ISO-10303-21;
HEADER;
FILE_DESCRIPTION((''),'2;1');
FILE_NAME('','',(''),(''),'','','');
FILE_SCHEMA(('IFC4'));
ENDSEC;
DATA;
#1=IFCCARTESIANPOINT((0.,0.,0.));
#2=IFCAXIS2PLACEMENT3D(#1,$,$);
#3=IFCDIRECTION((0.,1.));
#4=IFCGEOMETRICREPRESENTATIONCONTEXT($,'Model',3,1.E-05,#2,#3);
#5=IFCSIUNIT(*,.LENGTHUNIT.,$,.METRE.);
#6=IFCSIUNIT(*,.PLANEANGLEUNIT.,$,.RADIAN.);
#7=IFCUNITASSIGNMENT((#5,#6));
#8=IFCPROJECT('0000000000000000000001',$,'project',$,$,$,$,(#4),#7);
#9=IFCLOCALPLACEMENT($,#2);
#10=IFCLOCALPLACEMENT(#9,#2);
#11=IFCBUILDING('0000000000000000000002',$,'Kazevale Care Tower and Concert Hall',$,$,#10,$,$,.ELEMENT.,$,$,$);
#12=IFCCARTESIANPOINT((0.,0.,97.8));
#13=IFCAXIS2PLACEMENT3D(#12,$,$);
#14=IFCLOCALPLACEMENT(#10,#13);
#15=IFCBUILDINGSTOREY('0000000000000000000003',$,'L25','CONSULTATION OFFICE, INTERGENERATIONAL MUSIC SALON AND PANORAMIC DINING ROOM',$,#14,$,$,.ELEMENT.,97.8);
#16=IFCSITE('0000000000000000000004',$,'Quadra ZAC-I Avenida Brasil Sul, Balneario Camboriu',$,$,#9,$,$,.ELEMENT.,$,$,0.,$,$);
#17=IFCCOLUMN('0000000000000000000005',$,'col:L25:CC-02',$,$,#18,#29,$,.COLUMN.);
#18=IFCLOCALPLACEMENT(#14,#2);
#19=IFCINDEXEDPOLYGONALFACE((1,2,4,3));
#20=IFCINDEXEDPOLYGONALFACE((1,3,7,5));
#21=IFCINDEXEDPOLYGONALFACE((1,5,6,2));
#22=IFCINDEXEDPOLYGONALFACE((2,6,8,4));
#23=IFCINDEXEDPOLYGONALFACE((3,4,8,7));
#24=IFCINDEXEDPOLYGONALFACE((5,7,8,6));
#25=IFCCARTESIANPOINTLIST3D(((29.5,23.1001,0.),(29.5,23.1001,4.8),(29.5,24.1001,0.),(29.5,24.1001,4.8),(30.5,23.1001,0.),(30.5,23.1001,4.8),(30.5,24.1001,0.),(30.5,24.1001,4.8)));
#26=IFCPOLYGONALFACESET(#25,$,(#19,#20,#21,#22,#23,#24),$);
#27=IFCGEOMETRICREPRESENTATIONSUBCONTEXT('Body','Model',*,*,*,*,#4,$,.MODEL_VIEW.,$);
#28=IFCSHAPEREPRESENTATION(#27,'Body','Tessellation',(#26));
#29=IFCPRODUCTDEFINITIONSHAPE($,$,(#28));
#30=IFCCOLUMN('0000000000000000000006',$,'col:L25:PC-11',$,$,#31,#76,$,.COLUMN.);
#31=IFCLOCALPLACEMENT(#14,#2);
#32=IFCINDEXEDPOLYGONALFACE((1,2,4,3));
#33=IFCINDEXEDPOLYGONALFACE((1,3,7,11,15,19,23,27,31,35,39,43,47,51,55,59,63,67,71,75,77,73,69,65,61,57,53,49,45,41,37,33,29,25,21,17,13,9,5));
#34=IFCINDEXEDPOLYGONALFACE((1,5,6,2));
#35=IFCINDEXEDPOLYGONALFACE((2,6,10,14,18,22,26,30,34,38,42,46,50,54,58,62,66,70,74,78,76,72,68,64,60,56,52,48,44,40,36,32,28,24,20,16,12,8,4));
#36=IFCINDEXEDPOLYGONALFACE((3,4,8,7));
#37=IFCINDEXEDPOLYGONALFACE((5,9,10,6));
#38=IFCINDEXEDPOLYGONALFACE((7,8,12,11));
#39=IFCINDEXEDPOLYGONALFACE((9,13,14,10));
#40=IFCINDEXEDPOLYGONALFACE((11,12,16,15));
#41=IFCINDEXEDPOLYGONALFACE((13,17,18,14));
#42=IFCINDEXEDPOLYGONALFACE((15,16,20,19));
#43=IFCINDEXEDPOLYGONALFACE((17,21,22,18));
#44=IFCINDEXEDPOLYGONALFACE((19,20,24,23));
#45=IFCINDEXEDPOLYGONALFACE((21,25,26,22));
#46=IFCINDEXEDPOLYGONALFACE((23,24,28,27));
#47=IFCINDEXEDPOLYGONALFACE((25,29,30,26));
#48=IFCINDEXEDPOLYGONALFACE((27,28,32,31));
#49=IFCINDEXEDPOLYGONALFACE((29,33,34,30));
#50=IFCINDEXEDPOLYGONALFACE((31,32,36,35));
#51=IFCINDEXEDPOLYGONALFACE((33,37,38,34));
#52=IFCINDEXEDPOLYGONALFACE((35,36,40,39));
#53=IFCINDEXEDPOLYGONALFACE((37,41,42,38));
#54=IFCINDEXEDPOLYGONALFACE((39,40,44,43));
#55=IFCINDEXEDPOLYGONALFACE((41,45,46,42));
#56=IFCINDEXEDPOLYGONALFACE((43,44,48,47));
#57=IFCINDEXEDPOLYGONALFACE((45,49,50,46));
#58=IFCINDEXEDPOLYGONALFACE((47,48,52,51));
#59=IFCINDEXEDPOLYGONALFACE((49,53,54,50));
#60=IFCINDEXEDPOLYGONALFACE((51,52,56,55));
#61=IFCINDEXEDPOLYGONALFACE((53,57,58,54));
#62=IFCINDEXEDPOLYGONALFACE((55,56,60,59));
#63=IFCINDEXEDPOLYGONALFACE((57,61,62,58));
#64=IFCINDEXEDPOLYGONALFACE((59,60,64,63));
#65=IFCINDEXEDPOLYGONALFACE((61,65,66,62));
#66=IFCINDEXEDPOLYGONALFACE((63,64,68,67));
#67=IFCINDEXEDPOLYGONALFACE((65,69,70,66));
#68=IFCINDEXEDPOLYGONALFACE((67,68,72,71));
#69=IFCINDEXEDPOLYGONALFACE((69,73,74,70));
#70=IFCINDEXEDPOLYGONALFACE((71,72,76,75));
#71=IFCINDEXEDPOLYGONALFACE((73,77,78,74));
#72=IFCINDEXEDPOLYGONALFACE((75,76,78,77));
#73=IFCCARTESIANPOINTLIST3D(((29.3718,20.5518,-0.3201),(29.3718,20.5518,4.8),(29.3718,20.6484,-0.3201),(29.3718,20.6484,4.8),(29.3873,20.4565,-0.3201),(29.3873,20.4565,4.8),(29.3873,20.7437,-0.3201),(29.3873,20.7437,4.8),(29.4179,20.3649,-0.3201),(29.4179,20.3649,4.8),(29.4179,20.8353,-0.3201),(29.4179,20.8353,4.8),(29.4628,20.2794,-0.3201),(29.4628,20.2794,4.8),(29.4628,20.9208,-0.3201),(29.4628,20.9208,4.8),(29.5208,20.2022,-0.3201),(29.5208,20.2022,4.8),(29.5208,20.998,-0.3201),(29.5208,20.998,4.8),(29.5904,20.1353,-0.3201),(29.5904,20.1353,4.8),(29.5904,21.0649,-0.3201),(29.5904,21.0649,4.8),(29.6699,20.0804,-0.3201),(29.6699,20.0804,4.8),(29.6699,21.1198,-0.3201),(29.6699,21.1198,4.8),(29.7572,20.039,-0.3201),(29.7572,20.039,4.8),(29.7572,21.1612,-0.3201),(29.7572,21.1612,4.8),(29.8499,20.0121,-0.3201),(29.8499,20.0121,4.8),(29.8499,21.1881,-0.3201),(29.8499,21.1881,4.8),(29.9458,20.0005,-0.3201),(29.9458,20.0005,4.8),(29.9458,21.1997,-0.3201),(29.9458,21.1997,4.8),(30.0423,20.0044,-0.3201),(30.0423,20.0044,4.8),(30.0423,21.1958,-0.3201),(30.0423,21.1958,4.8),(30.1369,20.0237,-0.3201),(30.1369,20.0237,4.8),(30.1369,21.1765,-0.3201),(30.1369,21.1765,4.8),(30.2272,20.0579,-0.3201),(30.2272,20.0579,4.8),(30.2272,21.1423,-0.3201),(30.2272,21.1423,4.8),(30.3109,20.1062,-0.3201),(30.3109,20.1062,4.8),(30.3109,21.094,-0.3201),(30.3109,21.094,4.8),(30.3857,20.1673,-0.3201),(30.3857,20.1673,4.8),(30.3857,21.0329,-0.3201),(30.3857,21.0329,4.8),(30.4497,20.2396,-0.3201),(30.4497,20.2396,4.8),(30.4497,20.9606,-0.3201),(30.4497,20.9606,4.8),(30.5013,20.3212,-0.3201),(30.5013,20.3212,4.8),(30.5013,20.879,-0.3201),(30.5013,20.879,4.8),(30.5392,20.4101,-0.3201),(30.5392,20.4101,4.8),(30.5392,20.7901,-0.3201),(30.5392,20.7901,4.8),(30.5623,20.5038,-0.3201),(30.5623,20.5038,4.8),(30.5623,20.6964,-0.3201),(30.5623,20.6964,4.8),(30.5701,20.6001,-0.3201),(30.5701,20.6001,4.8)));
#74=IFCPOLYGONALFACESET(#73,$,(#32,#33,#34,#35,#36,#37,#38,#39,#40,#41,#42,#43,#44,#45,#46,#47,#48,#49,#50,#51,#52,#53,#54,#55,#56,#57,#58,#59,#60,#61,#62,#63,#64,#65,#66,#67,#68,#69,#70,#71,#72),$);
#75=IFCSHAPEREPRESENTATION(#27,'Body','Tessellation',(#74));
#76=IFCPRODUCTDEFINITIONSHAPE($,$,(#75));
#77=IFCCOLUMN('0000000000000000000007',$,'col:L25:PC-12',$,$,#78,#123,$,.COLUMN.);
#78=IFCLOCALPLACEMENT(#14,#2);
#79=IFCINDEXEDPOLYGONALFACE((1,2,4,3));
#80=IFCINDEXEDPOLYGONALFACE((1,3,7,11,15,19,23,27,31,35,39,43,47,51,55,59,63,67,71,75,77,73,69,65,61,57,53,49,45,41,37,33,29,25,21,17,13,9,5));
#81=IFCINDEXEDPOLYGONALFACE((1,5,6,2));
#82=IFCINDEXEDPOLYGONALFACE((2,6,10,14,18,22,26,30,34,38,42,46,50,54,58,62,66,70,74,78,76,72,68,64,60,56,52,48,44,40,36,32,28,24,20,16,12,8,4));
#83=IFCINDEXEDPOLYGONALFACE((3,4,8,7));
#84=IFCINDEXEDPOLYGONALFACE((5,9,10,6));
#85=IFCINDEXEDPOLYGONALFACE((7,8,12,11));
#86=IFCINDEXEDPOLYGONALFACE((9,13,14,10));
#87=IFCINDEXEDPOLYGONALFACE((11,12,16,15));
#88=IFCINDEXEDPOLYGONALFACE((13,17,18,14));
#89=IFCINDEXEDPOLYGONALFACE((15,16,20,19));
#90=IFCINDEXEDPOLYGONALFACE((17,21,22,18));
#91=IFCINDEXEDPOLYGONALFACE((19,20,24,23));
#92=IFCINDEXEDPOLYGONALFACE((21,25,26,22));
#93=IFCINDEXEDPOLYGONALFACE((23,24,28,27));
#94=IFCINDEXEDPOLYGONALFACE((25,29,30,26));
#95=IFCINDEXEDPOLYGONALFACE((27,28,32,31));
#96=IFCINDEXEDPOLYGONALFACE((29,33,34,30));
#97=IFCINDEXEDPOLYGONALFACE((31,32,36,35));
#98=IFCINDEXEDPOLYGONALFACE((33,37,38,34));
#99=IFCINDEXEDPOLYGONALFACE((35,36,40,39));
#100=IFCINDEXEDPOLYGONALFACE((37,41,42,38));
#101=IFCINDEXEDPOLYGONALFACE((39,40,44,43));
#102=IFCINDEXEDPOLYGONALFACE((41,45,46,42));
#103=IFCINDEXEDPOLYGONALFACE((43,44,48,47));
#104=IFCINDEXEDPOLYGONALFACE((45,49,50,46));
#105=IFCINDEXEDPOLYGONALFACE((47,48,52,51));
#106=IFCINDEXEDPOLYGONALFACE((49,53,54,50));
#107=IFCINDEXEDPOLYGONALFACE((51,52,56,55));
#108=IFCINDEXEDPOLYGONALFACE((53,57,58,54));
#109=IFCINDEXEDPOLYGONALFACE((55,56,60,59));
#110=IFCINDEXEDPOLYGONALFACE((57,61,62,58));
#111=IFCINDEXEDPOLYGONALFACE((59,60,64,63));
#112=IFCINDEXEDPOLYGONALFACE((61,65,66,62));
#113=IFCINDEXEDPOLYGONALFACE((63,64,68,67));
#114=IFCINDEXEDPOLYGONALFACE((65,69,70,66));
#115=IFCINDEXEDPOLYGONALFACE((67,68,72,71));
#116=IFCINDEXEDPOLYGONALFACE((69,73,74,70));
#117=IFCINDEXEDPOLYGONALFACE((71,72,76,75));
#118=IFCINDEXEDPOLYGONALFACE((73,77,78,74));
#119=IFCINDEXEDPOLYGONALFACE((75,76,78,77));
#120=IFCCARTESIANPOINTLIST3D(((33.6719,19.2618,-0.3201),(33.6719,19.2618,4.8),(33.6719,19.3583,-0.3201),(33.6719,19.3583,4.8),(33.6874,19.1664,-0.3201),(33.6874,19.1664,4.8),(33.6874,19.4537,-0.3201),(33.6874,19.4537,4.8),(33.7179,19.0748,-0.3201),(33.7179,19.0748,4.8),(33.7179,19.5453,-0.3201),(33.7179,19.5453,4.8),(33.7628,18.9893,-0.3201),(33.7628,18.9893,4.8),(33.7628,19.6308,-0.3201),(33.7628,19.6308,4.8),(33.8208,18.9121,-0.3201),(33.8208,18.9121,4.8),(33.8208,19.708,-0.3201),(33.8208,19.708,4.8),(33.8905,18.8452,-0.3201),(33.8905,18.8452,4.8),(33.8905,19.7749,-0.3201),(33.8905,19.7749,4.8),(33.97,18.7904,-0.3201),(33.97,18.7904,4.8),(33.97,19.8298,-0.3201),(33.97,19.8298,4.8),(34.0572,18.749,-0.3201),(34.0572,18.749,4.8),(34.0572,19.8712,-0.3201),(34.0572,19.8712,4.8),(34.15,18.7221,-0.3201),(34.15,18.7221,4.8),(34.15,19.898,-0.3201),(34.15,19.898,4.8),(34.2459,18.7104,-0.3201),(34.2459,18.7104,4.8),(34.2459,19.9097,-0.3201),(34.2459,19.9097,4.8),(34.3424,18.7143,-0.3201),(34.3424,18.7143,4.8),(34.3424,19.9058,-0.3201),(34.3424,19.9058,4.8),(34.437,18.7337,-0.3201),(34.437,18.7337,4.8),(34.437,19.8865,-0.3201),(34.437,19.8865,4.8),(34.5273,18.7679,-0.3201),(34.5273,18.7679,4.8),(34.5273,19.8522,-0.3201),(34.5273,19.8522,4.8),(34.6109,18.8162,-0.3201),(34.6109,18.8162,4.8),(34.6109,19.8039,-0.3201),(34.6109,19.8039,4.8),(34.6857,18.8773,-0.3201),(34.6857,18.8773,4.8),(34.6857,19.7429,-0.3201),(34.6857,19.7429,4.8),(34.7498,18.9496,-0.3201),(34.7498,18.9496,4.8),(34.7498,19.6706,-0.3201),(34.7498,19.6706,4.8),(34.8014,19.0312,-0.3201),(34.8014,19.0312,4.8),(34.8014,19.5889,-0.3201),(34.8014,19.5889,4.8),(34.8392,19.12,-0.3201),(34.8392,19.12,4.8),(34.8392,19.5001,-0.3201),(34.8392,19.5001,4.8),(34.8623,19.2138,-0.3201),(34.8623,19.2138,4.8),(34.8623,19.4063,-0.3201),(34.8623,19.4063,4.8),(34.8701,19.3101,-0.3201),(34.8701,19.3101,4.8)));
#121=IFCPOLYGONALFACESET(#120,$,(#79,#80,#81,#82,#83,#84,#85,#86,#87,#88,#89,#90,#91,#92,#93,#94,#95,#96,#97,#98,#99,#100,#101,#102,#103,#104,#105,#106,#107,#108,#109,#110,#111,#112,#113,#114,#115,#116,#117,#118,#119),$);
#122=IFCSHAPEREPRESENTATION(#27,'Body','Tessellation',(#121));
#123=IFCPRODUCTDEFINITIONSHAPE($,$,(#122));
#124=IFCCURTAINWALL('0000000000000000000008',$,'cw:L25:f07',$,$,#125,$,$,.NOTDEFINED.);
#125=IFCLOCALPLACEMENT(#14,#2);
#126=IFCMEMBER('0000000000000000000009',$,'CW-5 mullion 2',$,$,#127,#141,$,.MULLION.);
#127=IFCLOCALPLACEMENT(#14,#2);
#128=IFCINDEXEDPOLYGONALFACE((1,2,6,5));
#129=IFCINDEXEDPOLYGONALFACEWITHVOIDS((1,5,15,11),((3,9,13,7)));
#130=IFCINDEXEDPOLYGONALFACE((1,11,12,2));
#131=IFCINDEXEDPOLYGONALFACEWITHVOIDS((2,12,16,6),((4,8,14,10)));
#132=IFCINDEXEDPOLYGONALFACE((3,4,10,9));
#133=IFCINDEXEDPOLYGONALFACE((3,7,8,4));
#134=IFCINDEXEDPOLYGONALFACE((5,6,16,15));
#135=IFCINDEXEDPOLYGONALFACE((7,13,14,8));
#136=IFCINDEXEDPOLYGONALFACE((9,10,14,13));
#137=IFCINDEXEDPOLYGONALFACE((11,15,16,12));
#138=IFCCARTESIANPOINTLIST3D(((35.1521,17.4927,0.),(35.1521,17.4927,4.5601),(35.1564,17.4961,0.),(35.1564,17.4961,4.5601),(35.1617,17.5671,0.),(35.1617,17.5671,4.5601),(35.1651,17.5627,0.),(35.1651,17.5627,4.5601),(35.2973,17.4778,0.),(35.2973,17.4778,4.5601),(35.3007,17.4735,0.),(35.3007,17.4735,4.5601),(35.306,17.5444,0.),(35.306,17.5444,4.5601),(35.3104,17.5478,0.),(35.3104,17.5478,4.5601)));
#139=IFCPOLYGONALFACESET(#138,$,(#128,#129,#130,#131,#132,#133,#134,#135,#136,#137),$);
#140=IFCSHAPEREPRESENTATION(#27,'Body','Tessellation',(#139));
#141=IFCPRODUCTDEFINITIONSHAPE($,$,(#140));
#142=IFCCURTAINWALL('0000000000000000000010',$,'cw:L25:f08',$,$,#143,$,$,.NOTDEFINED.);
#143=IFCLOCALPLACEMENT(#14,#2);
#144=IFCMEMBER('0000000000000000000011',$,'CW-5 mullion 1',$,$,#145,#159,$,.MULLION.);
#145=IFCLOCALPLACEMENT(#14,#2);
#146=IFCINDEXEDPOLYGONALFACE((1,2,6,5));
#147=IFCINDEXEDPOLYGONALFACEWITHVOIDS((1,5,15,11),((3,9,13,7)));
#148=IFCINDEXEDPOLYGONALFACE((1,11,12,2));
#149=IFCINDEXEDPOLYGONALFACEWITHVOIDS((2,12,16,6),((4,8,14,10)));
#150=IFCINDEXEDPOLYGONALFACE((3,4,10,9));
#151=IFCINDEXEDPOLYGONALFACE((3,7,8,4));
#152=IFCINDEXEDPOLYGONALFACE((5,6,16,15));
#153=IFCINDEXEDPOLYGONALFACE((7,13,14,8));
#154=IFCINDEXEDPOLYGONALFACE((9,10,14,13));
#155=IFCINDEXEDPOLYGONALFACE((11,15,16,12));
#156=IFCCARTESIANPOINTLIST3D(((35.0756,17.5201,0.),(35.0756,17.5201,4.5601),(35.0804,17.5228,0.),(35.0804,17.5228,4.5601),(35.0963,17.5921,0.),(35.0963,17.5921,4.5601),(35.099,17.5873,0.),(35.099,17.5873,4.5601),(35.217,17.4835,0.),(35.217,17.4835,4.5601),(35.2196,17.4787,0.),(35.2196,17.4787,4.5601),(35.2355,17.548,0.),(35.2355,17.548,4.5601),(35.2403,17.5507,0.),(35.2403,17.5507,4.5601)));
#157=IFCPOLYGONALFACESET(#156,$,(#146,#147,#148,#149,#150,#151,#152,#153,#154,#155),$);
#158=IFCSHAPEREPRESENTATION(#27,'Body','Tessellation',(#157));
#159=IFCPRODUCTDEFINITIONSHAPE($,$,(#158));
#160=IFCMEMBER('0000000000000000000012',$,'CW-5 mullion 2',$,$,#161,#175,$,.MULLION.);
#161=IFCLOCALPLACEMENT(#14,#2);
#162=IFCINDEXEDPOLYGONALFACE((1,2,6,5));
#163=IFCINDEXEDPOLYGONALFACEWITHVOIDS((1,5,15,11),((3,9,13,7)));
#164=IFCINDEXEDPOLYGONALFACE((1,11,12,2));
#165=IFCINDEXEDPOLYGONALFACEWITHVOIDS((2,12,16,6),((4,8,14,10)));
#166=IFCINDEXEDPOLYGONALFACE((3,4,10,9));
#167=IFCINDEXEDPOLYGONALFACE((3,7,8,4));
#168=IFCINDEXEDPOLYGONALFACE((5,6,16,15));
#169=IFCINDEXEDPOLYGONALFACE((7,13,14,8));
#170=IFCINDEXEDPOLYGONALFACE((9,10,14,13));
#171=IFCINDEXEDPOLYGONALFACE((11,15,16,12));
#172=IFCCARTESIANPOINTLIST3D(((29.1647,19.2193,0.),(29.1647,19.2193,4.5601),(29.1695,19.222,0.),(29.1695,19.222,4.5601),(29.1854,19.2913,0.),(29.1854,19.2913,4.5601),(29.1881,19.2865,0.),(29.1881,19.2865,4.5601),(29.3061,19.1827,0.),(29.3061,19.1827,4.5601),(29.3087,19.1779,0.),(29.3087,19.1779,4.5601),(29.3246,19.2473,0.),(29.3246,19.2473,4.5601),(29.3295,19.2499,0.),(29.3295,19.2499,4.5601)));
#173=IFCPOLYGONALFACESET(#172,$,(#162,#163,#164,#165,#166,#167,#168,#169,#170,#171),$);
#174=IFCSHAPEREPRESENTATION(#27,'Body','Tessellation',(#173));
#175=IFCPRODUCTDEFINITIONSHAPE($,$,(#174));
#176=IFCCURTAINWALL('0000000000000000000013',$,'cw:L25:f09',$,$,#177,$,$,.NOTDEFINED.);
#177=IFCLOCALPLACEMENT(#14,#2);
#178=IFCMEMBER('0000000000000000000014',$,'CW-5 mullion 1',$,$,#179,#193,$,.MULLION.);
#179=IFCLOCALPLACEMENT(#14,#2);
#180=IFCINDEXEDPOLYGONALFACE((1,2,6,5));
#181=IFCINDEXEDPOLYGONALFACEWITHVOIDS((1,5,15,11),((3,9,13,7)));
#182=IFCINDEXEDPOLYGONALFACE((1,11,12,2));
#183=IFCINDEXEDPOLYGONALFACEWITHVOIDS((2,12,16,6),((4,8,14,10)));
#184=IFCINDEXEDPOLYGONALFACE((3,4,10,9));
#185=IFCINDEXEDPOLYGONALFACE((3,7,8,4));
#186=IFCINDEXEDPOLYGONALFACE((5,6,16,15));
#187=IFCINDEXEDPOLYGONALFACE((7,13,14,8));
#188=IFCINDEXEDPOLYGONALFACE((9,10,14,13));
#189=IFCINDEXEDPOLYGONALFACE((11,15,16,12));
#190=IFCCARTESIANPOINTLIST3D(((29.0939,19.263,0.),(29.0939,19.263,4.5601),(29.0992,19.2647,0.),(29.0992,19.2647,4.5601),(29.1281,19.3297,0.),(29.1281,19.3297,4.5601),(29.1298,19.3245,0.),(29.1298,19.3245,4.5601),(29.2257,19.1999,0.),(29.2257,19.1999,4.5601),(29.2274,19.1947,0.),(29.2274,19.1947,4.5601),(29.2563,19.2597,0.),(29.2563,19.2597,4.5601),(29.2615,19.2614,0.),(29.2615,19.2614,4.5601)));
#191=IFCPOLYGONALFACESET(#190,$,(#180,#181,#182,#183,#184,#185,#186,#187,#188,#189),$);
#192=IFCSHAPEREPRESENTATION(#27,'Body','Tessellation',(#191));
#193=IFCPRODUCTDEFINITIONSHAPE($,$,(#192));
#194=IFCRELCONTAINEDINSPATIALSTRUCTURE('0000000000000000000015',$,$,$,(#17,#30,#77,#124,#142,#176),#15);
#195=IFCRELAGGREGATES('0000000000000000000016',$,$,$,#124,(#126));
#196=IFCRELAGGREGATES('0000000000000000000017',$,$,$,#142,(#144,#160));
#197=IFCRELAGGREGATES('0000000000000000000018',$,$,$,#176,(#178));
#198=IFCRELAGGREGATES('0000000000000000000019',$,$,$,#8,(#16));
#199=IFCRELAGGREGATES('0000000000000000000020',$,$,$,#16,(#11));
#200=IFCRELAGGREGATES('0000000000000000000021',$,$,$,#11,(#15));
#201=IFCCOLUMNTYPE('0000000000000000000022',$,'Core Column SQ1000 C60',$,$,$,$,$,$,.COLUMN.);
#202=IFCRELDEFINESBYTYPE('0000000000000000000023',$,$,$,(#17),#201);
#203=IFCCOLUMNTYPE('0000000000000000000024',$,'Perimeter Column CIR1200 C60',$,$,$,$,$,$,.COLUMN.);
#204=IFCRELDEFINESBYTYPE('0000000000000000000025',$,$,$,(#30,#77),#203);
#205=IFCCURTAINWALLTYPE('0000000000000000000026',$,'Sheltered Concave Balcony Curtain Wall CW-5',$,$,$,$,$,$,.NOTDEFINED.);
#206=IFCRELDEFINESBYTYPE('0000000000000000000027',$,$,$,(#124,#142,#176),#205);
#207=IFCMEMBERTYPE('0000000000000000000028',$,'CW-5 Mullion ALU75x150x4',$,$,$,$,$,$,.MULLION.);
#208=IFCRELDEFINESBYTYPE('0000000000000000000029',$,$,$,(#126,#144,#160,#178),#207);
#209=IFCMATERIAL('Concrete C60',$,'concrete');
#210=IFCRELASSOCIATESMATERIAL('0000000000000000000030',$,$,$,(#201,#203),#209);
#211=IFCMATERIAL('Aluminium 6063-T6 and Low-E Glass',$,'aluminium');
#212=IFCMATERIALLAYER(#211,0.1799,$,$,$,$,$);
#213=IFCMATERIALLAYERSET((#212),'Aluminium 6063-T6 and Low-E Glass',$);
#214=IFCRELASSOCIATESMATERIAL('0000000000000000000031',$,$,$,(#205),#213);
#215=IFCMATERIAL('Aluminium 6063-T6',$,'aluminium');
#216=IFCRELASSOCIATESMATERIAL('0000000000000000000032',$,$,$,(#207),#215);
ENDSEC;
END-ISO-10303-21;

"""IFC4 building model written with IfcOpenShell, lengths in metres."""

from ifc_helpers import new_model, si_unit, direction, frame, origin, origin_2d, place, context, subcontext, project, spatial, rectangle, hollow_rectangle, circle, extrude, material, layer, layer_set, material_profile, profile_set, type_object, element, aggregate, save


model = new_model("IFC4")

# Units and contexts
model_context = context("Model", 3, precision=1e-05, world=origin(), true_north=direction((0.0, 1.0)))
body_context = subcontext(model_context, "Body", "Model", "MODEL_VIEW")
ifc_project = project(units=[si_unit("LENGTHUNIT", "METRE"), si_unit("PLANEANGLEUNIT", "RADIAN")], contexts=[model_context])

# Site, building, storey
site_placement = place(None, origin())
site = spatial("IfcSite", under=ifc_project, at=site_placement, Name="Quadra ZAC-I Avenida Brasil Sul, Balneario Camboriu", CompositionType="ELEMENT", RefElevation=0.0)
building_placement = place(site_placement, origin())
building = spatial("IfcBuilding", under=site, at=building_placement, Name="Kazevale Care Tower and Concert Hall", CompositionType="ELEMENT")
storey_placement = place(building_placement, frame((0.0, 0.0, 97.8)))
storey = spatial("IfcBuildingStorey", under=building, at=storey_placement, Name="L25", Description="CONSULTATION OFFICE, INTERGENERATIONAL MUSIC SALON AND PANORAMIC DINING ROOM", CompositionType="ELEMENT", Elevation=97.8)

# Columns
ifc_material_1 = material(Name="Concrete C60", Category="concrete")
ifc_material_profile_1 = material_profile(ifc_material_1, rectangle(XDim=1.0, YDim=1.0, at=origin_2d()), Name="RC-SQ1000")
ifc_profile_set_1 = profile_set([ifc_material_profile_1], Name="Concrete C60")
column_type_1 = type_object("IfcColumnType", Name="Core Column SQ1000 C60", PredefinedType="COLUMN", material=ifc_profile_set_1)
column_placement = place(storey_placement, frame((30.0, 23.6001, 0.0), z_axis=(0.0, 0.0, 1.0), x_axis=(1.0, 0.0, 0.0)))
element("IfcColumn", 1, at=column_placement, inside=storey, type_object=column_type_1, Name="col:L25:CC-02", PredefinedType="COLUMN", context=body_context, shape_type="SweptSolid", body=[
    extrude(rectangle(XDim=1.0, YDim=1.0, at=origin_2d()), origin(), (0.0, 0.0, 1.0), 4.8),
])
ifc_material_profile_2 = material_profile(ifc_material_1, circle(Radius=0.6001, at=origin_2d()), Name="RC-CIR1200")
ifc_profile_set_2 = profile_set([ifc_material_profile_2], Name="Concrete C60")
column_type_2 = type_object("IfcColumnType", Name="Perimeter Column CIR1200 C60", PredefinedType="COLUMN", material=ifc_profile_set_2)
for number, where, z_axis, x_axis, name in (
    (2, (29.97, 20.6001, -0.3201), (0.0, 0.0, 1.0), (1.0, 0.0, 0.0), "col:L25:PC-11"),
    (3, (34.27, 19.3101, -0.3201), (0.0, 0.0, 1.0), (1.0, 0.0, 0.0), "col:L25:PC-12"),
):
    element("IfcColumn", number, at=place(storey_placement, frame(where, z_axis=z_axis, x_axis=x_axis)), inside=storey, type_object=column_type_2, Name=name, PredefinedType="COLUMN", context=body_context, shape_type="SweptSolid", body=[
        extrude(circle(Radius=0.6001, at=origin_2d()), origin(), (0.0, 0.0, 1.0), 5.1201),
    ])

# Curtain wall, member
ifc_material_2 = material(Name="Aluminium 6063-T6 and Low-E Glass", Category="aluminium")
ifc_layer_1 = layer(ifc_material_2, 0.1799)
ifc_layer_set_1 = layer_set([ifc_layer_1], Name="Aluminium 6063-T6 and Low-E Glass")
curtain_wall_type = type_object("IfcCurtainWallType", Name="Sheltered Concave Balcony Curtain Wall CW-5", PredefinedType="NOTDEFINED", material=ifc_layer_set_1)
curtain_wall_1_placement = place(storey_placement, origin())
curtain_wall_1 = element("IfcCurtainWall", 4, at=curtain_wall_1_placement, inside=storey, type_object=curtain_wall_type, Name="cw:L25:f07", PredefinedType="NOTDEFINED")
ifc_material_3 = material(Name="Aluminium 6063-T6", Category="aluminium")
ifc_material_profile_3 = material_profile(ifc_material_3, hollow_rectangle(XDim=0.075, YDim=0.1499, WallThickness=0.0039, at=origin_2d()), Name="ALU75x150x4")
ifc_profile_set_3 = profile_set([ifc_material_profile_3], Name="Aluminium 6063-T6")
member_type_1 = type_object("IfcMemberType", Name="CW-5 Mullion ALU75x150x4", PredefinedType="MULLION", material=ifc_profile_set_3)
member_1_placement = place(storey_placement, frame((35.2312, 17.5203, 0.0), z_axis=(0.0, 0.0, 1.0), x_axis=(-0.128685, -0.991686, 0.0)))
member_1 = element("IfcMember", 5, at=member_1_placement, type_object=member_type_1, Name="CW-5 mullion 2", PredefinedType="MULLION", context=body_context, shape_type="SweptSolid", body=[
    extrude(hollow_rectangle(XDim=0.075, YDim=0.1499, WallThickness=0.0039, at=origin_2d()), origin(), (0.0, 0.0, 1.0), 4.5601),
])
aggregate(curtain_wall_1, [member_1])

# Curtain wall, members
curtain_wall_2_placement = place(storey_placement, origin())
curtain_wall_2 = element("IfcCurtainWall", 6, at=curtain_wall_2_placement, inside=storey, type_object=curtain_wall_type, Name="cw:L25:f08", PredefinedType="NOTDEFINED")
member_2_placement = place(storey_placement, frame((35.158, 17.5354, 0.0), z_axis=(0.0, 0.0, 1.0), x_axis=(-0.276291, -0.961074, 0.0)))
member_2 = element("IfcMember", 7, at=member_2_placement, type_object=member_type_1, Name="CW-5 mullion 1", PredefinedType="MULLION", context=body_context, shape_type="SweptSolid", body=[
    extrude(hollow_rectangle(XDim=0.075, YDim=0.1499, WallThickness=0.0039, at=origin_2d()), origin(), (0.0, 0.0, 1.0), 4.5601),
])
member_3_placement = place(storey_placement, frame((29.2471, 19.2346, 0.0), z_axis=(0.0, 0.0, 1.0), x_axis=(-0.276291, -0.961074, 0.0)))
member_3 = element("IfcMember", 8, at=member_3_placement, type_object=member_type_1, Name="CW-5 mullion 2", PredefinedType="MULLION", context=body_context, shape_type="SweptSolid", body=[
    extrude(hollow_rectangle(XDim=0.075, YDim=0.1499, WallThickness=0.0039, at=origin_2d()), origin(), (0.0, 0.0, 1.0), 4.5601),
])

# Curtain wall, member
curtain_wall_3_placement = place(storey_placement, origin())
curtain_wall_3 = element("IfcCurtainWall", 9, at=curtain_wall_3_placement, inside=storey, type_object=curtain_wall_type, Name="cw:L25:f09", PredefinedType="NOTDEFINED")
member_4_placement = place(storey_placement, frame((29.1777, 19.2622, 0.0), z_axis=(0.0, 0.0, 1.0), x_axis=(-0.455713, -0.890127, 0.0)))
member_4 = element("IfcMember", 10, at=member_4_placement, type_object=member_type_1, Name="CW-5 mullion 1", PredefinedType="MULLION", context=body_context, shape_type="SweptSolid", body=[
    extrude(hollow_rectangle(XDim=0.075, YDim=0.1499, WallThickness=0.0039, at=origin_2d()), origin(), (0.0, 0.0, 1.0), 4.5601),
])

aggregate(curtain_wall_2, [member_2, member_3])
aggregate(curtain_wall_3, [member_4])

save(model, "model.ifc")
